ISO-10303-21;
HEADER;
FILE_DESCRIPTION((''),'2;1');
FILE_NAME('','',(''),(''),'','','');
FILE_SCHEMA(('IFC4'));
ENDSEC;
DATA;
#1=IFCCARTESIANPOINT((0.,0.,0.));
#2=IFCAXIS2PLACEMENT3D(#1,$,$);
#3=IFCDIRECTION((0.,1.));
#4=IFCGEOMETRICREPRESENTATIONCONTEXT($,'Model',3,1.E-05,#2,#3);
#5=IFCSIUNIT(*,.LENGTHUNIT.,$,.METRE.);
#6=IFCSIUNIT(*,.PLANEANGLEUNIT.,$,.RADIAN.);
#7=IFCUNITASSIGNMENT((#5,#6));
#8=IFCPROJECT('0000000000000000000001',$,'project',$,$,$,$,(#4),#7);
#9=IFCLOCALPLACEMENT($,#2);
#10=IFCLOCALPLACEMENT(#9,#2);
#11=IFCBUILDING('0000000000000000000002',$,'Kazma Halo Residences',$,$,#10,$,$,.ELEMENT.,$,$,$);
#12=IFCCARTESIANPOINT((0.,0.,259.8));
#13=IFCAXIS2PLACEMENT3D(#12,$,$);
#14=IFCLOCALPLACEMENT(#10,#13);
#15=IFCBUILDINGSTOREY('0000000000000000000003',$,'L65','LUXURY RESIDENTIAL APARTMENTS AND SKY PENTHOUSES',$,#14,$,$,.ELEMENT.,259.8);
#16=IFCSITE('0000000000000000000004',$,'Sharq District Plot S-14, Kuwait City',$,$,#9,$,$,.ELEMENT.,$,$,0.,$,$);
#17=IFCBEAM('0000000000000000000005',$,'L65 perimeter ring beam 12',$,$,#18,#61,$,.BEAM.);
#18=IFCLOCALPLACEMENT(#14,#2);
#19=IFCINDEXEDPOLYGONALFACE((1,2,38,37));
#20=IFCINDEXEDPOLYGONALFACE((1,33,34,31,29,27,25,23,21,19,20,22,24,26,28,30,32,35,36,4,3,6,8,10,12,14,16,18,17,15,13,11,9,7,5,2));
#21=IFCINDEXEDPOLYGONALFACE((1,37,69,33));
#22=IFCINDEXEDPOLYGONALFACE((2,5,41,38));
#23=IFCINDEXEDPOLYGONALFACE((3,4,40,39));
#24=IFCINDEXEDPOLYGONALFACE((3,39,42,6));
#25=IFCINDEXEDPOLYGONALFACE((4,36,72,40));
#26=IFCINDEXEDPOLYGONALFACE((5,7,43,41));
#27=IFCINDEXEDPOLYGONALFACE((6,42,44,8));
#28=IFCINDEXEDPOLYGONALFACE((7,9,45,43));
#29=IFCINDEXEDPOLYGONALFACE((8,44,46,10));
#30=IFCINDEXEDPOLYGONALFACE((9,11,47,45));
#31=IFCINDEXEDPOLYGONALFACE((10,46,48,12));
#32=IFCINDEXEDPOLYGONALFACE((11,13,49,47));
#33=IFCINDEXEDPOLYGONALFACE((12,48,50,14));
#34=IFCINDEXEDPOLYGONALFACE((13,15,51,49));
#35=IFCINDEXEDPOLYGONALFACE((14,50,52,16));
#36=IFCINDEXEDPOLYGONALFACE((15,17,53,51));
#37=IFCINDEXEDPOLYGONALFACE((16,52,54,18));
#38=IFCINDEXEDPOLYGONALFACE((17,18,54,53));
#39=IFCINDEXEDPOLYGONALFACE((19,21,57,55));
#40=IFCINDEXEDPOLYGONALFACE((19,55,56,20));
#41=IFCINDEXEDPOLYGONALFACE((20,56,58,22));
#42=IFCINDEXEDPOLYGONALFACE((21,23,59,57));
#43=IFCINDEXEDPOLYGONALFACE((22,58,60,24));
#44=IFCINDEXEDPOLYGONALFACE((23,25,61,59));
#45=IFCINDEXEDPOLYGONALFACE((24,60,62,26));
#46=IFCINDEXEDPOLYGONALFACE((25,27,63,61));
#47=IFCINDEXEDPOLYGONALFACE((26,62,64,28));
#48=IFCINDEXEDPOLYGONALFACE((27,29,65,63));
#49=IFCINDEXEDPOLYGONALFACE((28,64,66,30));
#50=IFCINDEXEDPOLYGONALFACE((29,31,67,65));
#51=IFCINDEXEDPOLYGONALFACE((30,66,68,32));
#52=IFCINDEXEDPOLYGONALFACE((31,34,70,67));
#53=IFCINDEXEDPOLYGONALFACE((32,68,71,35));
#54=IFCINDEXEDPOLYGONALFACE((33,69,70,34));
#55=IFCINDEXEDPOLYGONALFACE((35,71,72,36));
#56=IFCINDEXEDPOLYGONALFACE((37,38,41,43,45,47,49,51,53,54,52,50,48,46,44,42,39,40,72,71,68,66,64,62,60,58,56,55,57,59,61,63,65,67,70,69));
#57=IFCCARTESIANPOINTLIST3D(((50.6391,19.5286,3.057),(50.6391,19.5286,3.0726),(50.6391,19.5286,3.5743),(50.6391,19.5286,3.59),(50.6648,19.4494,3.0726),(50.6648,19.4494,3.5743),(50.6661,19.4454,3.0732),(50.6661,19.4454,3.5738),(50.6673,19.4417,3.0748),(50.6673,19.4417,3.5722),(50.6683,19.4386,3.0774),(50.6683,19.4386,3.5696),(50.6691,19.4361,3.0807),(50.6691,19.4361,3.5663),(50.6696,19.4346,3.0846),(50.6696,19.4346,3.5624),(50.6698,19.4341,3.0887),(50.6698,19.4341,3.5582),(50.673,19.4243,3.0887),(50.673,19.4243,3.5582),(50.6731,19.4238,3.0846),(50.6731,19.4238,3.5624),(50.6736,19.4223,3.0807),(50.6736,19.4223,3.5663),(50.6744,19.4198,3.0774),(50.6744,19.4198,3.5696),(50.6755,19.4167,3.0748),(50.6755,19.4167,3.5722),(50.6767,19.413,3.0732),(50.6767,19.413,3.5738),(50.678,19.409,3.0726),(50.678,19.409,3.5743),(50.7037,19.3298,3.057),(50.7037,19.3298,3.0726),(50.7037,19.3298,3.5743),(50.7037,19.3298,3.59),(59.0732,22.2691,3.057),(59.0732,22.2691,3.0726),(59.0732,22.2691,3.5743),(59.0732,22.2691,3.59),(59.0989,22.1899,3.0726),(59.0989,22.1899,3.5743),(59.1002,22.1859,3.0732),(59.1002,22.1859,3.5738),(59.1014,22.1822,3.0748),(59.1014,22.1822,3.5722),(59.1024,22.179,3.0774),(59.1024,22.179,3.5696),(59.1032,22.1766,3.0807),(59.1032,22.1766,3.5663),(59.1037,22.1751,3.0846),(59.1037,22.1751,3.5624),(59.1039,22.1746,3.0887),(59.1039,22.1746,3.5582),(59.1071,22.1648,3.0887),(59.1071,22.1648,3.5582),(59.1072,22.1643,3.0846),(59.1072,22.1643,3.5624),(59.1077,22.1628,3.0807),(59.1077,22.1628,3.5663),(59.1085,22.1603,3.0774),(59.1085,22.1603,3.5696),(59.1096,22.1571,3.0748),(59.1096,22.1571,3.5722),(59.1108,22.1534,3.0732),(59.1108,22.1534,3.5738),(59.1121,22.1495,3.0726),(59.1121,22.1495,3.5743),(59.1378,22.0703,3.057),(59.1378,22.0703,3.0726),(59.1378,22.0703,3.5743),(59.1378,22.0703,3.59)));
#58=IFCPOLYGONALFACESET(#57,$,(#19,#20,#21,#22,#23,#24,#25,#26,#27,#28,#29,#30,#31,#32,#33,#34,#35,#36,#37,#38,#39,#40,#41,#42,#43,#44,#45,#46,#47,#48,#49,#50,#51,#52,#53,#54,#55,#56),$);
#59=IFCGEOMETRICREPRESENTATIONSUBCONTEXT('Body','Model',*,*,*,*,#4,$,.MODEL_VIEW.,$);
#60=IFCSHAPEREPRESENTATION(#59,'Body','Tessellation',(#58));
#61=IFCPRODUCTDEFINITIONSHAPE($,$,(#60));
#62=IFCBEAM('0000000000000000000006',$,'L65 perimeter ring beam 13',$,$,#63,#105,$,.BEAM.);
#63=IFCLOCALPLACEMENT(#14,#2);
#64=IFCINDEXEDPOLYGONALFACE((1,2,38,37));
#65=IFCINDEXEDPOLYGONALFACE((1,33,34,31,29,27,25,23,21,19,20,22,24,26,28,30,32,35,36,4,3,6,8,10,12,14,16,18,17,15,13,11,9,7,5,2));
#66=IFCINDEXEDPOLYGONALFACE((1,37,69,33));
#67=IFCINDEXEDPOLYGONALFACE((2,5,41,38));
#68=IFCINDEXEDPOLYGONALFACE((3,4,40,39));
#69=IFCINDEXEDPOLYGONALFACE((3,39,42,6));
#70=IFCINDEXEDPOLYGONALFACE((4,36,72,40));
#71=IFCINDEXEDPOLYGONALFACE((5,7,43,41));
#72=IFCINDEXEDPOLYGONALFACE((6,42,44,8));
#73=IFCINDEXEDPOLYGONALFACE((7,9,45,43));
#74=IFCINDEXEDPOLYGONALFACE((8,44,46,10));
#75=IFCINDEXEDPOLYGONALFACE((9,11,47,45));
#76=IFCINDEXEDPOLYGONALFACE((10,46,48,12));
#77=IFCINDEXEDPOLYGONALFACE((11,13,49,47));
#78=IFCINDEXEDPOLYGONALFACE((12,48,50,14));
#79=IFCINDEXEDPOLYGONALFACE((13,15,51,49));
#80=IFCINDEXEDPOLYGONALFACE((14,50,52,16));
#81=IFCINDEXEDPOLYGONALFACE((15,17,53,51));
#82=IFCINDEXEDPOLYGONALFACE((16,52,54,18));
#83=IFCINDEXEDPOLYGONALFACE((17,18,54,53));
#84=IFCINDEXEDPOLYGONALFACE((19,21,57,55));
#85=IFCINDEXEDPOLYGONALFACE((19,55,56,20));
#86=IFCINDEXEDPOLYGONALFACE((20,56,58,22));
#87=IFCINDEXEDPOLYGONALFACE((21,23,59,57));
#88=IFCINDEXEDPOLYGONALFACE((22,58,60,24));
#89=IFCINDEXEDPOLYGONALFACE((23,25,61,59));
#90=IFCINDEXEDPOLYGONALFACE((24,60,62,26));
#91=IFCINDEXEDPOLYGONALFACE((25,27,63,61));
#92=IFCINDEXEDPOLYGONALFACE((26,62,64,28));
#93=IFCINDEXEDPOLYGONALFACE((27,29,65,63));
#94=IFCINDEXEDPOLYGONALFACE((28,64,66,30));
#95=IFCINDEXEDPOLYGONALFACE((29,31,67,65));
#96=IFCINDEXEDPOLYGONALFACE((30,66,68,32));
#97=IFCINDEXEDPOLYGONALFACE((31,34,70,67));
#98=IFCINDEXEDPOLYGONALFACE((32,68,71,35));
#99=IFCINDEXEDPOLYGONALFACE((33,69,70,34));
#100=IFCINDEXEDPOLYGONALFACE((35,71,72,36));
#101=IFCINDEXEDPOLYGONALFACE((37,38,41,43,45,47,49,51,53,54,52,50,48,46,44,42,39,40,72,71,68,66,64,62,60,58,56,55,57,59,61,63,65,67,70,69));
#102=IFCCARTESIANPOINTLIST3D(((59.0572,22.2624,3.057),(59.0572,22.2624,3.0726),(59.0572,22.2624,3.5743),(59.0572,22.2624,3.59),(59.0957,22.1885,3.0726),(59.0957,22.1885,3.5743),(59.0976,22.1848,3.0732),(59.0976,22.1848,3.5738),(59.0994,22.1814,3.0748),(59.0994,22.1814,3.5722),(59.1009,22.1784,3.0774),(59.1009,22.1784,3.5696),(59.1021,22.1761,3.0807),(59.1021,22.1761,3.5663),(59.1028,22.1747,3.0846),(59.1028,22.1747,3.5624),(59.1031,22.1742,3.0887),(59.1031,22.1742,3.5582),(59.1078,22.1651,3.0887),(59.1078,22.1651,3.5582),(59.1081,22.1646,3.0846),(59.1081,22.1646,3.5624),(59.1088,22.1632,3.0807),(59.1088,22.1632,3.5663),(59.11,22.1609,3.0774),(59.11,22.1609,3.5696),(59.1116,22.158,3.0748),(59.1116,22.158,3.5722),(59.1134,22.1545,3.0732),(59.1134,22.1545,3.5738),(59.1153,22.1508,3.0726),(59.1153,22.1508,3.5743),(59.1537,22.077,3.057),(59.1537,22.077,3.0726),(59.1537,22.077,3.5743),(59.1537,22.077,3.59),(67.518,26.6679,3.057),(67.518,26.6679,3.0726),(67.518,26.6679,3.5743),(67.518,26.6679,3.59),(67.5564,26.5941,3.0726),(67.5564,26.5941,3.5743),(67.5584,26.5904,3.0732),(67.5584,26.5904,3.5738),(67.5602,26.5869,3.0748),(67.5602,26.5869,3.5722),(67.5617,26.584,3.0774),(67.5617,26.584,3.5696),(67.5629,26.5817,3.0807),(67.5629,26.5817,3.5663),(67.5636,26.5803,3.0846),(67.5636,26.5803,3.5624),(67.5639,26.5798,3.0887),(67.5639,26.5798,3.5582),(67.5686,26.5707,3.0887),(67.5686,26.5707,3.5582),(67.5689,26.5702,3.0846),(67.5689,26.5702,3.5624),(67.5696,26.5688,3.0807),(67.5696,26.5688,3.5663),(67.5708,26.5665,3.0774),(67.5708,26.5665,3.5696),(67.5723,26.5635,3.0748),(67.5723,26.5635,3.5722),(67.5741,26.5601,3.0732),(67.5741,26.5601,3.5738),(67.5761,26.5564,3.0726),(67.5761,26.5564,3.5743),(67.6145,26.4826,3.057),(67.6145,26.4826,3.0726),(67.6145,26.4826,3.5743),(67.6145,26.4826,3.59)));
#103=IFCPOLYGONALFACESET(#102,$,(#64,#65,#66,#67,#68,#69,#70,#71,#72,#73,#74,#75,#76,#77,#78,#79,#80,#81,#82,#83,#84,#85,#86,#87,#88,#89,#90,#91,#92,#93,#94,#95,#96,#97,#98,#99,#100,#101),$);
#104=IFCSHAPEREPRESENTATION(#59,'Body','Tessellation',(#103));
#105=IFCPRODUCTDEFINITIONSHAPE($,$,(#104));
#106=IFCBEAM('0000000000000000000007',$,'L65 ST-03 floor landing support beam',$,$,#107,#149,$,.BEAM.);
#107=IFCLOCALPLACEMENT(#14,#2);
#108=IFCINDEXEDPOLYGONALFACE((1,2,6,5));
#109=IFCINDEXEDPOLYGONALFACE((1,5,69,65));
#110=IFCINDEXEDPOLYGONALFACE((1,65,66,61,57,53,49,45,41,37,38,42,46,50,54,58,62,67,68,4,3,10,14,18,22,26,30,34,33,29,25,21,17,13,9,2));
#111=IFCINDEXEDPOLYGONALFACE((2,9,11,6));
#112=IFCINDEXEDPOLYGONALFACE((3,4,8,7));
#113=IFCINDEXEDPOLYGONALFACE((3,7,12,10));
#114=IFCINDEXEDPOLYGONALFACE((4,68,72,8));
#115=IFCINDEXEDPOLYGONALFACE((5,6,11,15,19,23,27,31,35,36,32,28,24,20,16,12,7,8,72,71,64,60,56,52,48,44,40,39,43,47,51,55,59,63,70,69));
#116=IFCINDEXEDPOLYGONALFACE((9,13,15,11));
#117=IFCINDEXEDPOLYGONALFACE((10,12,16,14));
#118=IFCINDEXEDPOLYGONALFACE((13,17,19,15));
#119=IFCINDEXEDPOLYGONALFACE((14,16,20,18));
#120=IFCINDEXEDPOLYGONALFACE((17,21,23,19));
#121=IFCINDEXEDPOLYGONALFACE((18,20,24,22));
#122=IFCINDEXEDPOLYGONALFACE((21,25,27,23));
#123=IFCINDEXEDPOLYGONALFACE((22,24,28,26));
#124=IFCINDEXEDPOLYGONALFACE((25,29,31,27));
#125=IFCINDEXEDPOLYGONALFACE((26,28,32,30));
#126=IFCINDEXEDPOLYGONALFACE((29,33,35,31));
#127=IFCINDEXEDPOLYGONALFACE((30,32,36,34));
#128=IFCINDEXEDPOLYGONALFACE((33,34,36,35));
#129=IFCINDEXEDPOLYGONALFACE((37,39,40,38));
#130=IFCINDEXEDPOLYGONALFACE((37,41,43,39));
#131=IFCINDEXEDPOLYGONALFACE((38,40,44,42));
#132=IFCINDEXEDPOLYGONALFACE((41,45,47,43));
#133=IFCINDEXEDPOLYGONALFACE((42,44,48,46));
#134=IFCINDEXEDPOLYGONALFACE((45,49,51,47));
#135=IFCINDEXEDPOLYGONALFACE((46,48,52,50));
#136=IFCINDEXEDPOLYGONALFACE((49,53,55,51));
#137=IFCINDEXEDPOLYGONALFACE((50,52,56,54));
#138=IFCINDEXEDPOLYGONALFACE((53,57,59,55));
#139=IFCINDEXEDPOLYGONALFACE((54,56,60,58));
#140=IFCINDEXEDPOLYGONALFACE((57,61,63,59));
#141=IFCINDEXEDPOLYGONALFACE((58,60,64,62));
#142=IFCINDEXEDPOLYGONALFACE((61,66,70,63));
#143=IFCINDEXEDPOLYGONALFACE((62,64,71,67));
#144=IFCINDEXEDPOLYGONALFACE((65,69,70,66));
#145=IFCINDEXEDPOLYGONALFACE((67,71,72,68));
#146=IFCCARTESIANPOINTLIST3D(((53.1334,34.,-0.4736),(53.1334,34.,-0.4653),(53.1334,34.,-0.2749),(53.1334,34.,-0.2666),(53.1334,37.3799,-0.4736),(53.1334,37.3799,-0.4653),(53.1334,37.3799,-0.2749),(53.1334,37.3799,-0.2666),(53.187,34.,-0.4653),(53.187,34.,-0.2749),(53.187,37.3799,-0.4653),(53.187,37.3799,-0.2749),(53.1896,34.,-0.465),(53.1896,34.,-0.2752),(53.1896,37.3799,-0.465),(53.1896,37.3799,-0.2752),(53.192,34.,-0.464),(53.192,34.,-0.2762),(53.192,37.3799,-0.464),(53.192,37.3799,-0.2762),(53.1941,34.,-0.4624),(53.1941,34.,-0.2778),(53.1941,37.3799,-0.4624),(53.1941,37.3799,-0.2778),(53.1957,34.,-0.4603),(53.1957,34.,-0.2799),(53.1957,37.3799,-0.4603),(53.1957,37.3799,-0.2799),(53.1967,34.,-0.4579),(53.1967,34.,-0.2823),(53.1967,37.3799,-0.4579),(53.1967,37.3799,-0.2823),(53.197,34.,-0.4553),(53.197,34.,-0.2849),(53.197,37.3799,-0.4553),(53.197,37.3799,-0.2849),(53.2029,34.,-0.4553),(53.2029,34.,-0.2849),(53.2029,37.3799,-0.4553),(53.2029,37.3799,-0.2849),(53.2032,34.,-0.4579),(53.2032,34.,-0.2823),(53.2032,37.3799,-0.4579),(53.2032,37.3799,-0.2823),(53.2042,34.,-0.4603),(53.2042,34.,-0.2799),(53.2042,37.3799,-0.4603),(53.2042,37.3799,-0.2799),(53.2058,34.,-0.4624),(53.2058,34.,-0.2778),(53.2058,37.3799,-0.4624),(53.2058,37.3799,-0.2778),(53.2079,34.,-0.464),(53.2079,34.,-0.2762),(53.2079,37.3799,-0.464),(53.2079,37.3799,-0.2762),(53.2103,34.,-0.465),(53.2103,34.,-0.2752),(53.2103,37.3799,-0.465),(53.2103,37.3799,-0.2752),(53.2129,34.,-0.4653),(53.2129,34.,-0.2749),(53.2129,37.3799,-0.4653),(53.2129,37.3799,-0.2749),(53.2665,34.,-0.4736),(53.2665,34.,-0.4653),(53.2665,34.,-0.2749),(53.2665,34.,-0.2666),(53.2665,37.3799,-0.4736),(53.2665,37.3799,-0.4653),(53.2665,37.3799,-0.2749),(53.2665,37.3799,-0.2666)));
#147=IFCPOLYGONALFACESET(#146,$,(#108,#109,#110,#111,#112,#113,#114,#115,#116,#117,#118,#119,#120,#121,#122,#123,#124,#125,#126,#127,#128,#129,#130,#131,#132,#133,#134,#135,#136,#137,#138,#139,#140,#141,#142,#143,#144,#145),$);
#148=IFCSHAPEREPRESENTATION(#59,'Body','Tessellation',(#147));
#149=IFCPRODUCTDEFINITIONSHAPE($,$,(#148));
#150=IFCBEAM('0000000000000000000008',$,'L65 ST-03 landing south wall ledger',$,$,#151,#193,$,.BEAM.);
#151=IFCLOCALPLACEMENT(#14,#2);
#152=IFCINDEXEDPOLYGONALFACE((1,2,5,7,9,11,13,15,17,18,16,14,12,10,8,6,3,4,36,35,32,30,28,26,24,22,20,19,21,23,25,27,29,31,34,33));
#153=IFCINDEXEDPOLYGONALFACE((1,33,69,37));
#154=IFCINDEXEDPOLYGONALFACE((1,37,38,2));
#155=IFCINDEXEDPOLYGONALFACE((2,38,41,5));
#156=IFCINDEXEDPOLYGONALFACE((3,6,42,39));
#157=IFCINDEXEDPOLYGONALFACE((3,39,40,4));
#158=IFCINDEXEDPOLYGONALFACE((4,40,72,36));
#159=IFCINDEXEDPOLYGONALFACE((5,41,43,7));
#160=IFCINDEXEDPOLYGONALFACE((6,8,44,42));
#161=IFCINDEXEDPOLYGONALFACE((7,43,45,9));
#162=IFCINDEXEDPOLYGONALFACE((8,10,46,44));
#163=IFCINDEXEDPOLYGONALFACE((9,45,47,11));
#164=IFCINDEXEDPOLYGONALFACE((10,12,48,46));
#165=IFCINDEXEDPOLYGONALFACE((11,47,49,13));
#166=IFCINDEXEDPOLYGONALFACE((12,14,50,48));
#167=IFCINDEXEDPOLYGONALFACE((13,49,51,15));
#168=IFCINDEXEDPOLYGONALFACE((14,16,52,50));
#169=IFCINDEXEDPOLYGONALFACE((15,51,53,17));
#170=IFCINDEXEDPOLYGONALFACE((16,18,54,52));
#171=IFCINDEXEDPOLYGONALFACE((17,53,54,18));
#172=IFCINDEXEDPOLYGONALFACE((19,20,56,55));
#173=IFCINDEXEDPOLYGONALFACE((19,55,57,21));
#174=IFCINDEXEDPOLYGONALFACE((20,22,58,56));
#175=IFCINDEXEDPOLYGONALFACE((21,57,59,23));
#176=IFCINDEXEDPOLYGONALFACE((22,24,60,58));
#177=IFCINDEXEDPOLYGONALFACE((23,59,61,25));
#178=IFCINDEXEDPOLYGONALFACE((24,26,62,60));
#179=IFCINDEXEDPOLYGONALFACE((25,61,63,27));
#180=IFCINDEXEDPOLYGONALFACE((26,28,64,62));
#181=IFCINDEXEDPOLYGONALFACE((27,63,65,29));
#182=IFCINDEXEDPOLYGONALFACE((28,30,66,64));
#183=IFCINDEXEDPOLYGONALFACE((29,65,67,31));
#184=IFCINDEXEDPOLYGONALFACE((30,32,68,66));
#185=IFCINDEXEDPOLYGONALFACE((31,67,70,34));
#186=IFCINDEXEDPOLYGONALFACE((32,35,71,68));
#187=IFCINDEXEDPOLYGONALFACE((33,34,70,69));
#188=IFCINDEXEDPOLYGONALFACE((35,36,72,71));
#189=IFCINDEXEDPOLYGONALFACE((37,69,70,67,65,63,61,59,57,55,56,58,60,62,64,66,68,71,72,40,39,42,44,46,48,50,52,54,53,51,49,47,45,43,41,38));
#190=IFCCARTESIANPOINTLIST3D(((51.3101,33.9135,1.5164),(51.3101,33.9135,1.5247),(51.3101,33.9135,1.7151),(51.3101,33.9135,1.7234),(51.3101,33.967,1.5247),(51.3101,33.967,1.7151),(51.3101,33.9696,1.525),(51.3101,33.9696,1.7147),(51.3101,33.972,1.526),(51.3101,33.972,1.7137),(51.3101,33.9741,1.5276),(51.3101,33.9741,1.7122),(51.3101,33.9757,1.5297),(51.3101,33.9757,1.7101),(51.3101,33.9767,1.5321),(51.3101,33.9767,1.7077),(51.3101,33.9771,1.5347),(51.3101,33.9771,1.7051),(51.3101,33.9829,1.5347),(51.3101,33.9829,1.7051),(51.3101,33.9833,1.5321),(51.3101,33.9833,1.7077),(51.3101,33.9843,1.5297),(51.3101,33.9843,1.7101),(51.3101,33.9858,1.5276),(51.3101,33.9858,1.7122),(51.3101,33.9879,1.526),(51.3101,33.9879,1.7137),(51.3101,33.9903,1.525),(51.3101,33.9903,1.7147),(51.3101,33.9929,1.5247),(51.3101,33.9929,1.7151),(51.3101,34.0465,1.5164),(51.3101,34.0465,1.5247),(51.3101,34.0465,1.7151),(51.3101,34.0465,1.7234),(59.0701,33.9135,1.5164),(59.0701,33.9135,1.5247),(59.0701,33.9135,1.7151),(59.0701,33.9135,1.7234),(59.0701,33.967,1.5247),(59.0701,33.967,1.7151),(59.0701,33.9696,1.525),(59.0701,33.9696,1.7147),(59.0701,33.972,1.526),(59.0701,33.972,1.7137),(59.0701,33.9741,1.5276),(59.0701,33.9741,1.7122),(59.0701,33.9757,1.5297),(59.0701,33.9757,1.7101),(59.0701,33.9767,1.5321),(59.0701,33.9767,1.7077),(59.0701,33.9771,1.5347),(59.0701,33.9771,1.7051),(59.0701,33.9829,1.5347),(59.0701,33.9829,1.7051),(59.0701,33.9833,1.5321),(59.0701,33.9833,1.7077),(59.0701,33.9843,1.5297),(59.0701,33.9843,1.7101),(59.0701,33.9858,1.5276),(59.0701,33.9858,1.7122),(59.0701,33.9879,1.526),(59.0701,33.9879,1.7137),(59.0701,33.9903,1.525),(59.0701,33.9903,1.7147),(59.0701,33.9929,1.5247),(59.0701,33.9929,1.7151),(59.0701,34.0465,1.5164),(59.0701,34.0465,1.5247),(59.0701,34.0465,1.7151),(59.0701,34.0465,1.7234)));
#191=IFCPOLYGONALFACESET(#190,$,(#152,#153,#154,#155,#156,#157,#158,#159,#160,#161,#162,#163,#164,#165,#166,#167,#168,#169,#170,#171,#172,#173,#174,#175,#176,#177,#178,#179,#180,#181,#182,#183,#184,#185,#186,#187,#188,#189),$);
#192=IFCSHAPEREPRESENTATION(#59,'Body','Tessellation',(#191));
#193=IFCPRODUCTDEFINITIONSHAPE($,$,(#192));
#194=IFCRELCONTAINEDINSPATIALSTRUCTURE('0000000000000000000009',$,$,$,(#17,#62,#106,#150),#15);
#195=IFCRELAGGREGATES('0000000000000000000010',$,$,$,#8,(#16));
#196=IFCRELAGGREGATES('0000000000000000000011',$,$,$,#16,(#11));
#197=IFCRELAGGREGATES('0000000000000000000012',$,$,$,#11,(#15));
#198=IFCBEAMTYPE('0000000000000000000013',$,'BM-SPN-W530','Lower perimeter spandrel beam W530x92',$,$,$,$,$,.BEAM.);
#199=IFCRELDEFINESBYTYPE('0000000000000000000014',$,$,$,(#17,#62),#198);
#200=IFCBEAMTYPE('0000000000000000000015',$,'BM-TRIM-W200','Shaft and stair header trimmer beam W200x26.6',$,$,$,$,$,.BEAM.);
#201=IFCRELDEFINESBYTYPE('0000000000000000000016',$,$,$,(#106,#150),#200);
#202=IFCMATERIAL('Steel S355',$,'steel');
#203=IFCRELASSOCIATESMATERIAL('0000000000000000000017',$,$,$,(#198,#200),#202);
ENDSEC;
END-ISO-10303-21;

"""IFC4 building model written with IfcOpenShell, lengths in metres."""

from ifc_helpers import new_model, si_unit, direction, frame, origin, origin_2d, place, context, subcontext, project, spatial, i_section, extrude, material, material_profile, profile_set, type_object, element, save


model = new_model("IFC4")

# Units and contexts
model_context = context("Model", 3, precision=1e-05, world=origin(), true_north=direction((0.0, 1.0)))
body_context = subcontext(model_context, "Body", "Model", "MODEL_VIEW")
ifc_project = project(units=[si_unit("LENGTHUNIT", "METRE"), si_unit("PLANEANGLEUNIT", "RADIAN")], contexts=[model_context])

# Site, building, storey
site_placement = place(None, origin())
site = spatial("IfcSite", under=ifc_project, at=site_placement, Name="Sharq District Plot S-14, Kuwait City", CompositionType="ELEMENT", RefElevation=0.0)
building_placement = place(site_placement, origin())
building = spatial("IfcBuilding", under=site, at=building_placement, Name="Kazma Halo Residences", CompositionType="ELEMENT")
storey_placement = place(building_placement, frame((0.0, 0.0, 259.8)))
storey = spatial("IfcBuildingStorey", under=building, at=storey_placement, Name="L65", Description="LUXURY RESIDENTIAL APARTMENTS AND SKY PENTHOUSES", CompositionType="ELEMENT", Elevation=259.8)

# Beams
ifc_material_1 = material(Name="Steel S355", Category="steel")
ifc_material_profile_1 = material_profile(ifc_material_1, i_section(OverallWidth=0.209, OverallDepth=0.533, WebThickness=0.0103, FlangeThickness=0.0156, FilletRadius=0.0161, at=origin_2d()), Name="W530x92")
ifc_profile_set_1 = profile_set([ifc_material_profile_1], Name="Steel S355")
beam_type_1 = type_object("IfcBeamType", Name="BM-SPN-W530", Description="Lower perimeter spandrel beam W530x92", PredefinedType="BEAM", material=ifc_profile_set_1)
beam_1_placement = place(storey_placement, frame((50.6714, 19.4292, 3.3235), z_axis=(0.951054, 0.309025, 0.0), x_axis=(-0.309025, 0.951054, 0.0)))
element("IfcBeam", 1, at=beam_1_placement, inside=storey, type_object=beam_type_1, Name="L65 perimeter ring beam 12", PredefinedType="BEAM", context=body_context, shape_type="SweptSolid", body=[
    extrude(i_section(OverallWidth=0.209, OverallDepth=0.533, WebThickness=0.0103, FlangeThickness=0.0156, FilletRadius=0.0161, at=origin_2d()), origin(), (0.0, 0.0, 1.0), 8.8682),
])
beam_2_placement = place(storey_placement, frame((59.1055, 22.1697, 3.3235), z_axis=(0.886961, 0.461844, 0.0), x_axis=(-0.461844, 0.886961, 0.0)))
element("IfcBeam", 2, at=beam_2_placement, inside=storey, type_object=beam_type_1, Name="L65 perimeter ring beam 13", PredefinedType="BEAM", context=body_context, shape_type="SweptSolid", body=[
    extrude(i_section(OverallWidth=0.209, OverallDepth=0.533, WebThickness=0.0103, FlangeThickness=0.0156, FilletRadius=0.0161, at=origin_2d()), origin(), (0.0, 0.0, 1.0), 9.5391),
])
ifc_material_profile_2 = material_profile(ifc_material_1, i_section(OverallWidth=0.1331, OverallDepth=0.207, WebThickness=0.0059, FlangeThickness=0.0083, FilletRadius=0.01, at=origin_2d()), Name="W200x26.6")
ifc_profile_set_2 = profile_set([ifc_material_profile_2], Name="Steel S355")
beam_type_2 = type_object("IfcBeamType", Name="BM-TRIM-W200", Description="Shaft and stair header trimmer beam W200x26.6", PredefinedType="BEAM", material=ifc_profile_set_2)
beam_3_placement = place(storey_placement, frame((53.2, 34.0, -0.3701), z_axis=(0.0, 1.0, 0.0), x_axis=(-1.0, 0.0, 0.0)))
element("IfcBeam", 3, at=beam_3_placement, inside=storey, type_object=beam_type_2, Name="L65 ST-03 floor landing support beam", PredefinedType="BEAM", context=body_context, shape_type="SweptSolid", body=[
    extrude(i_section(OverallWidth=0.1331, OverallDepth=0.207, WebThickness=0.0059, FlangeThickness=0.0083, FilletRadius=0.01, at=origin_2d()), origin(), (0.0, 0.0, 1.0), 3.3799),
])
beam_4_placement = place(storey_placement, frame((51.3101, 33.98, 1.6199), z_axis=(1.0, 0.0, 0.0), x_axis=(0.0, 1.0, 0.0)))
element("IfcBeam", 4, at=beam_4_placement, inside=storey, type_object=beam_type_2, Name="L65 ST-03 landing south wall ledger", PredefinedType="BEAM", context=body_context, shape_type="SweptSolid", body=[
    extrude(i_section(OverallWidth=0.1331, OverallDepth=0.207, WebThickness=0.0059, FlangeThickness=0.0083, FilletRadius=0.01, at=origin_2d()), origin(), (0.0, 0.0, 1.0), 7.76),
])

save(model, "model.ifc")
